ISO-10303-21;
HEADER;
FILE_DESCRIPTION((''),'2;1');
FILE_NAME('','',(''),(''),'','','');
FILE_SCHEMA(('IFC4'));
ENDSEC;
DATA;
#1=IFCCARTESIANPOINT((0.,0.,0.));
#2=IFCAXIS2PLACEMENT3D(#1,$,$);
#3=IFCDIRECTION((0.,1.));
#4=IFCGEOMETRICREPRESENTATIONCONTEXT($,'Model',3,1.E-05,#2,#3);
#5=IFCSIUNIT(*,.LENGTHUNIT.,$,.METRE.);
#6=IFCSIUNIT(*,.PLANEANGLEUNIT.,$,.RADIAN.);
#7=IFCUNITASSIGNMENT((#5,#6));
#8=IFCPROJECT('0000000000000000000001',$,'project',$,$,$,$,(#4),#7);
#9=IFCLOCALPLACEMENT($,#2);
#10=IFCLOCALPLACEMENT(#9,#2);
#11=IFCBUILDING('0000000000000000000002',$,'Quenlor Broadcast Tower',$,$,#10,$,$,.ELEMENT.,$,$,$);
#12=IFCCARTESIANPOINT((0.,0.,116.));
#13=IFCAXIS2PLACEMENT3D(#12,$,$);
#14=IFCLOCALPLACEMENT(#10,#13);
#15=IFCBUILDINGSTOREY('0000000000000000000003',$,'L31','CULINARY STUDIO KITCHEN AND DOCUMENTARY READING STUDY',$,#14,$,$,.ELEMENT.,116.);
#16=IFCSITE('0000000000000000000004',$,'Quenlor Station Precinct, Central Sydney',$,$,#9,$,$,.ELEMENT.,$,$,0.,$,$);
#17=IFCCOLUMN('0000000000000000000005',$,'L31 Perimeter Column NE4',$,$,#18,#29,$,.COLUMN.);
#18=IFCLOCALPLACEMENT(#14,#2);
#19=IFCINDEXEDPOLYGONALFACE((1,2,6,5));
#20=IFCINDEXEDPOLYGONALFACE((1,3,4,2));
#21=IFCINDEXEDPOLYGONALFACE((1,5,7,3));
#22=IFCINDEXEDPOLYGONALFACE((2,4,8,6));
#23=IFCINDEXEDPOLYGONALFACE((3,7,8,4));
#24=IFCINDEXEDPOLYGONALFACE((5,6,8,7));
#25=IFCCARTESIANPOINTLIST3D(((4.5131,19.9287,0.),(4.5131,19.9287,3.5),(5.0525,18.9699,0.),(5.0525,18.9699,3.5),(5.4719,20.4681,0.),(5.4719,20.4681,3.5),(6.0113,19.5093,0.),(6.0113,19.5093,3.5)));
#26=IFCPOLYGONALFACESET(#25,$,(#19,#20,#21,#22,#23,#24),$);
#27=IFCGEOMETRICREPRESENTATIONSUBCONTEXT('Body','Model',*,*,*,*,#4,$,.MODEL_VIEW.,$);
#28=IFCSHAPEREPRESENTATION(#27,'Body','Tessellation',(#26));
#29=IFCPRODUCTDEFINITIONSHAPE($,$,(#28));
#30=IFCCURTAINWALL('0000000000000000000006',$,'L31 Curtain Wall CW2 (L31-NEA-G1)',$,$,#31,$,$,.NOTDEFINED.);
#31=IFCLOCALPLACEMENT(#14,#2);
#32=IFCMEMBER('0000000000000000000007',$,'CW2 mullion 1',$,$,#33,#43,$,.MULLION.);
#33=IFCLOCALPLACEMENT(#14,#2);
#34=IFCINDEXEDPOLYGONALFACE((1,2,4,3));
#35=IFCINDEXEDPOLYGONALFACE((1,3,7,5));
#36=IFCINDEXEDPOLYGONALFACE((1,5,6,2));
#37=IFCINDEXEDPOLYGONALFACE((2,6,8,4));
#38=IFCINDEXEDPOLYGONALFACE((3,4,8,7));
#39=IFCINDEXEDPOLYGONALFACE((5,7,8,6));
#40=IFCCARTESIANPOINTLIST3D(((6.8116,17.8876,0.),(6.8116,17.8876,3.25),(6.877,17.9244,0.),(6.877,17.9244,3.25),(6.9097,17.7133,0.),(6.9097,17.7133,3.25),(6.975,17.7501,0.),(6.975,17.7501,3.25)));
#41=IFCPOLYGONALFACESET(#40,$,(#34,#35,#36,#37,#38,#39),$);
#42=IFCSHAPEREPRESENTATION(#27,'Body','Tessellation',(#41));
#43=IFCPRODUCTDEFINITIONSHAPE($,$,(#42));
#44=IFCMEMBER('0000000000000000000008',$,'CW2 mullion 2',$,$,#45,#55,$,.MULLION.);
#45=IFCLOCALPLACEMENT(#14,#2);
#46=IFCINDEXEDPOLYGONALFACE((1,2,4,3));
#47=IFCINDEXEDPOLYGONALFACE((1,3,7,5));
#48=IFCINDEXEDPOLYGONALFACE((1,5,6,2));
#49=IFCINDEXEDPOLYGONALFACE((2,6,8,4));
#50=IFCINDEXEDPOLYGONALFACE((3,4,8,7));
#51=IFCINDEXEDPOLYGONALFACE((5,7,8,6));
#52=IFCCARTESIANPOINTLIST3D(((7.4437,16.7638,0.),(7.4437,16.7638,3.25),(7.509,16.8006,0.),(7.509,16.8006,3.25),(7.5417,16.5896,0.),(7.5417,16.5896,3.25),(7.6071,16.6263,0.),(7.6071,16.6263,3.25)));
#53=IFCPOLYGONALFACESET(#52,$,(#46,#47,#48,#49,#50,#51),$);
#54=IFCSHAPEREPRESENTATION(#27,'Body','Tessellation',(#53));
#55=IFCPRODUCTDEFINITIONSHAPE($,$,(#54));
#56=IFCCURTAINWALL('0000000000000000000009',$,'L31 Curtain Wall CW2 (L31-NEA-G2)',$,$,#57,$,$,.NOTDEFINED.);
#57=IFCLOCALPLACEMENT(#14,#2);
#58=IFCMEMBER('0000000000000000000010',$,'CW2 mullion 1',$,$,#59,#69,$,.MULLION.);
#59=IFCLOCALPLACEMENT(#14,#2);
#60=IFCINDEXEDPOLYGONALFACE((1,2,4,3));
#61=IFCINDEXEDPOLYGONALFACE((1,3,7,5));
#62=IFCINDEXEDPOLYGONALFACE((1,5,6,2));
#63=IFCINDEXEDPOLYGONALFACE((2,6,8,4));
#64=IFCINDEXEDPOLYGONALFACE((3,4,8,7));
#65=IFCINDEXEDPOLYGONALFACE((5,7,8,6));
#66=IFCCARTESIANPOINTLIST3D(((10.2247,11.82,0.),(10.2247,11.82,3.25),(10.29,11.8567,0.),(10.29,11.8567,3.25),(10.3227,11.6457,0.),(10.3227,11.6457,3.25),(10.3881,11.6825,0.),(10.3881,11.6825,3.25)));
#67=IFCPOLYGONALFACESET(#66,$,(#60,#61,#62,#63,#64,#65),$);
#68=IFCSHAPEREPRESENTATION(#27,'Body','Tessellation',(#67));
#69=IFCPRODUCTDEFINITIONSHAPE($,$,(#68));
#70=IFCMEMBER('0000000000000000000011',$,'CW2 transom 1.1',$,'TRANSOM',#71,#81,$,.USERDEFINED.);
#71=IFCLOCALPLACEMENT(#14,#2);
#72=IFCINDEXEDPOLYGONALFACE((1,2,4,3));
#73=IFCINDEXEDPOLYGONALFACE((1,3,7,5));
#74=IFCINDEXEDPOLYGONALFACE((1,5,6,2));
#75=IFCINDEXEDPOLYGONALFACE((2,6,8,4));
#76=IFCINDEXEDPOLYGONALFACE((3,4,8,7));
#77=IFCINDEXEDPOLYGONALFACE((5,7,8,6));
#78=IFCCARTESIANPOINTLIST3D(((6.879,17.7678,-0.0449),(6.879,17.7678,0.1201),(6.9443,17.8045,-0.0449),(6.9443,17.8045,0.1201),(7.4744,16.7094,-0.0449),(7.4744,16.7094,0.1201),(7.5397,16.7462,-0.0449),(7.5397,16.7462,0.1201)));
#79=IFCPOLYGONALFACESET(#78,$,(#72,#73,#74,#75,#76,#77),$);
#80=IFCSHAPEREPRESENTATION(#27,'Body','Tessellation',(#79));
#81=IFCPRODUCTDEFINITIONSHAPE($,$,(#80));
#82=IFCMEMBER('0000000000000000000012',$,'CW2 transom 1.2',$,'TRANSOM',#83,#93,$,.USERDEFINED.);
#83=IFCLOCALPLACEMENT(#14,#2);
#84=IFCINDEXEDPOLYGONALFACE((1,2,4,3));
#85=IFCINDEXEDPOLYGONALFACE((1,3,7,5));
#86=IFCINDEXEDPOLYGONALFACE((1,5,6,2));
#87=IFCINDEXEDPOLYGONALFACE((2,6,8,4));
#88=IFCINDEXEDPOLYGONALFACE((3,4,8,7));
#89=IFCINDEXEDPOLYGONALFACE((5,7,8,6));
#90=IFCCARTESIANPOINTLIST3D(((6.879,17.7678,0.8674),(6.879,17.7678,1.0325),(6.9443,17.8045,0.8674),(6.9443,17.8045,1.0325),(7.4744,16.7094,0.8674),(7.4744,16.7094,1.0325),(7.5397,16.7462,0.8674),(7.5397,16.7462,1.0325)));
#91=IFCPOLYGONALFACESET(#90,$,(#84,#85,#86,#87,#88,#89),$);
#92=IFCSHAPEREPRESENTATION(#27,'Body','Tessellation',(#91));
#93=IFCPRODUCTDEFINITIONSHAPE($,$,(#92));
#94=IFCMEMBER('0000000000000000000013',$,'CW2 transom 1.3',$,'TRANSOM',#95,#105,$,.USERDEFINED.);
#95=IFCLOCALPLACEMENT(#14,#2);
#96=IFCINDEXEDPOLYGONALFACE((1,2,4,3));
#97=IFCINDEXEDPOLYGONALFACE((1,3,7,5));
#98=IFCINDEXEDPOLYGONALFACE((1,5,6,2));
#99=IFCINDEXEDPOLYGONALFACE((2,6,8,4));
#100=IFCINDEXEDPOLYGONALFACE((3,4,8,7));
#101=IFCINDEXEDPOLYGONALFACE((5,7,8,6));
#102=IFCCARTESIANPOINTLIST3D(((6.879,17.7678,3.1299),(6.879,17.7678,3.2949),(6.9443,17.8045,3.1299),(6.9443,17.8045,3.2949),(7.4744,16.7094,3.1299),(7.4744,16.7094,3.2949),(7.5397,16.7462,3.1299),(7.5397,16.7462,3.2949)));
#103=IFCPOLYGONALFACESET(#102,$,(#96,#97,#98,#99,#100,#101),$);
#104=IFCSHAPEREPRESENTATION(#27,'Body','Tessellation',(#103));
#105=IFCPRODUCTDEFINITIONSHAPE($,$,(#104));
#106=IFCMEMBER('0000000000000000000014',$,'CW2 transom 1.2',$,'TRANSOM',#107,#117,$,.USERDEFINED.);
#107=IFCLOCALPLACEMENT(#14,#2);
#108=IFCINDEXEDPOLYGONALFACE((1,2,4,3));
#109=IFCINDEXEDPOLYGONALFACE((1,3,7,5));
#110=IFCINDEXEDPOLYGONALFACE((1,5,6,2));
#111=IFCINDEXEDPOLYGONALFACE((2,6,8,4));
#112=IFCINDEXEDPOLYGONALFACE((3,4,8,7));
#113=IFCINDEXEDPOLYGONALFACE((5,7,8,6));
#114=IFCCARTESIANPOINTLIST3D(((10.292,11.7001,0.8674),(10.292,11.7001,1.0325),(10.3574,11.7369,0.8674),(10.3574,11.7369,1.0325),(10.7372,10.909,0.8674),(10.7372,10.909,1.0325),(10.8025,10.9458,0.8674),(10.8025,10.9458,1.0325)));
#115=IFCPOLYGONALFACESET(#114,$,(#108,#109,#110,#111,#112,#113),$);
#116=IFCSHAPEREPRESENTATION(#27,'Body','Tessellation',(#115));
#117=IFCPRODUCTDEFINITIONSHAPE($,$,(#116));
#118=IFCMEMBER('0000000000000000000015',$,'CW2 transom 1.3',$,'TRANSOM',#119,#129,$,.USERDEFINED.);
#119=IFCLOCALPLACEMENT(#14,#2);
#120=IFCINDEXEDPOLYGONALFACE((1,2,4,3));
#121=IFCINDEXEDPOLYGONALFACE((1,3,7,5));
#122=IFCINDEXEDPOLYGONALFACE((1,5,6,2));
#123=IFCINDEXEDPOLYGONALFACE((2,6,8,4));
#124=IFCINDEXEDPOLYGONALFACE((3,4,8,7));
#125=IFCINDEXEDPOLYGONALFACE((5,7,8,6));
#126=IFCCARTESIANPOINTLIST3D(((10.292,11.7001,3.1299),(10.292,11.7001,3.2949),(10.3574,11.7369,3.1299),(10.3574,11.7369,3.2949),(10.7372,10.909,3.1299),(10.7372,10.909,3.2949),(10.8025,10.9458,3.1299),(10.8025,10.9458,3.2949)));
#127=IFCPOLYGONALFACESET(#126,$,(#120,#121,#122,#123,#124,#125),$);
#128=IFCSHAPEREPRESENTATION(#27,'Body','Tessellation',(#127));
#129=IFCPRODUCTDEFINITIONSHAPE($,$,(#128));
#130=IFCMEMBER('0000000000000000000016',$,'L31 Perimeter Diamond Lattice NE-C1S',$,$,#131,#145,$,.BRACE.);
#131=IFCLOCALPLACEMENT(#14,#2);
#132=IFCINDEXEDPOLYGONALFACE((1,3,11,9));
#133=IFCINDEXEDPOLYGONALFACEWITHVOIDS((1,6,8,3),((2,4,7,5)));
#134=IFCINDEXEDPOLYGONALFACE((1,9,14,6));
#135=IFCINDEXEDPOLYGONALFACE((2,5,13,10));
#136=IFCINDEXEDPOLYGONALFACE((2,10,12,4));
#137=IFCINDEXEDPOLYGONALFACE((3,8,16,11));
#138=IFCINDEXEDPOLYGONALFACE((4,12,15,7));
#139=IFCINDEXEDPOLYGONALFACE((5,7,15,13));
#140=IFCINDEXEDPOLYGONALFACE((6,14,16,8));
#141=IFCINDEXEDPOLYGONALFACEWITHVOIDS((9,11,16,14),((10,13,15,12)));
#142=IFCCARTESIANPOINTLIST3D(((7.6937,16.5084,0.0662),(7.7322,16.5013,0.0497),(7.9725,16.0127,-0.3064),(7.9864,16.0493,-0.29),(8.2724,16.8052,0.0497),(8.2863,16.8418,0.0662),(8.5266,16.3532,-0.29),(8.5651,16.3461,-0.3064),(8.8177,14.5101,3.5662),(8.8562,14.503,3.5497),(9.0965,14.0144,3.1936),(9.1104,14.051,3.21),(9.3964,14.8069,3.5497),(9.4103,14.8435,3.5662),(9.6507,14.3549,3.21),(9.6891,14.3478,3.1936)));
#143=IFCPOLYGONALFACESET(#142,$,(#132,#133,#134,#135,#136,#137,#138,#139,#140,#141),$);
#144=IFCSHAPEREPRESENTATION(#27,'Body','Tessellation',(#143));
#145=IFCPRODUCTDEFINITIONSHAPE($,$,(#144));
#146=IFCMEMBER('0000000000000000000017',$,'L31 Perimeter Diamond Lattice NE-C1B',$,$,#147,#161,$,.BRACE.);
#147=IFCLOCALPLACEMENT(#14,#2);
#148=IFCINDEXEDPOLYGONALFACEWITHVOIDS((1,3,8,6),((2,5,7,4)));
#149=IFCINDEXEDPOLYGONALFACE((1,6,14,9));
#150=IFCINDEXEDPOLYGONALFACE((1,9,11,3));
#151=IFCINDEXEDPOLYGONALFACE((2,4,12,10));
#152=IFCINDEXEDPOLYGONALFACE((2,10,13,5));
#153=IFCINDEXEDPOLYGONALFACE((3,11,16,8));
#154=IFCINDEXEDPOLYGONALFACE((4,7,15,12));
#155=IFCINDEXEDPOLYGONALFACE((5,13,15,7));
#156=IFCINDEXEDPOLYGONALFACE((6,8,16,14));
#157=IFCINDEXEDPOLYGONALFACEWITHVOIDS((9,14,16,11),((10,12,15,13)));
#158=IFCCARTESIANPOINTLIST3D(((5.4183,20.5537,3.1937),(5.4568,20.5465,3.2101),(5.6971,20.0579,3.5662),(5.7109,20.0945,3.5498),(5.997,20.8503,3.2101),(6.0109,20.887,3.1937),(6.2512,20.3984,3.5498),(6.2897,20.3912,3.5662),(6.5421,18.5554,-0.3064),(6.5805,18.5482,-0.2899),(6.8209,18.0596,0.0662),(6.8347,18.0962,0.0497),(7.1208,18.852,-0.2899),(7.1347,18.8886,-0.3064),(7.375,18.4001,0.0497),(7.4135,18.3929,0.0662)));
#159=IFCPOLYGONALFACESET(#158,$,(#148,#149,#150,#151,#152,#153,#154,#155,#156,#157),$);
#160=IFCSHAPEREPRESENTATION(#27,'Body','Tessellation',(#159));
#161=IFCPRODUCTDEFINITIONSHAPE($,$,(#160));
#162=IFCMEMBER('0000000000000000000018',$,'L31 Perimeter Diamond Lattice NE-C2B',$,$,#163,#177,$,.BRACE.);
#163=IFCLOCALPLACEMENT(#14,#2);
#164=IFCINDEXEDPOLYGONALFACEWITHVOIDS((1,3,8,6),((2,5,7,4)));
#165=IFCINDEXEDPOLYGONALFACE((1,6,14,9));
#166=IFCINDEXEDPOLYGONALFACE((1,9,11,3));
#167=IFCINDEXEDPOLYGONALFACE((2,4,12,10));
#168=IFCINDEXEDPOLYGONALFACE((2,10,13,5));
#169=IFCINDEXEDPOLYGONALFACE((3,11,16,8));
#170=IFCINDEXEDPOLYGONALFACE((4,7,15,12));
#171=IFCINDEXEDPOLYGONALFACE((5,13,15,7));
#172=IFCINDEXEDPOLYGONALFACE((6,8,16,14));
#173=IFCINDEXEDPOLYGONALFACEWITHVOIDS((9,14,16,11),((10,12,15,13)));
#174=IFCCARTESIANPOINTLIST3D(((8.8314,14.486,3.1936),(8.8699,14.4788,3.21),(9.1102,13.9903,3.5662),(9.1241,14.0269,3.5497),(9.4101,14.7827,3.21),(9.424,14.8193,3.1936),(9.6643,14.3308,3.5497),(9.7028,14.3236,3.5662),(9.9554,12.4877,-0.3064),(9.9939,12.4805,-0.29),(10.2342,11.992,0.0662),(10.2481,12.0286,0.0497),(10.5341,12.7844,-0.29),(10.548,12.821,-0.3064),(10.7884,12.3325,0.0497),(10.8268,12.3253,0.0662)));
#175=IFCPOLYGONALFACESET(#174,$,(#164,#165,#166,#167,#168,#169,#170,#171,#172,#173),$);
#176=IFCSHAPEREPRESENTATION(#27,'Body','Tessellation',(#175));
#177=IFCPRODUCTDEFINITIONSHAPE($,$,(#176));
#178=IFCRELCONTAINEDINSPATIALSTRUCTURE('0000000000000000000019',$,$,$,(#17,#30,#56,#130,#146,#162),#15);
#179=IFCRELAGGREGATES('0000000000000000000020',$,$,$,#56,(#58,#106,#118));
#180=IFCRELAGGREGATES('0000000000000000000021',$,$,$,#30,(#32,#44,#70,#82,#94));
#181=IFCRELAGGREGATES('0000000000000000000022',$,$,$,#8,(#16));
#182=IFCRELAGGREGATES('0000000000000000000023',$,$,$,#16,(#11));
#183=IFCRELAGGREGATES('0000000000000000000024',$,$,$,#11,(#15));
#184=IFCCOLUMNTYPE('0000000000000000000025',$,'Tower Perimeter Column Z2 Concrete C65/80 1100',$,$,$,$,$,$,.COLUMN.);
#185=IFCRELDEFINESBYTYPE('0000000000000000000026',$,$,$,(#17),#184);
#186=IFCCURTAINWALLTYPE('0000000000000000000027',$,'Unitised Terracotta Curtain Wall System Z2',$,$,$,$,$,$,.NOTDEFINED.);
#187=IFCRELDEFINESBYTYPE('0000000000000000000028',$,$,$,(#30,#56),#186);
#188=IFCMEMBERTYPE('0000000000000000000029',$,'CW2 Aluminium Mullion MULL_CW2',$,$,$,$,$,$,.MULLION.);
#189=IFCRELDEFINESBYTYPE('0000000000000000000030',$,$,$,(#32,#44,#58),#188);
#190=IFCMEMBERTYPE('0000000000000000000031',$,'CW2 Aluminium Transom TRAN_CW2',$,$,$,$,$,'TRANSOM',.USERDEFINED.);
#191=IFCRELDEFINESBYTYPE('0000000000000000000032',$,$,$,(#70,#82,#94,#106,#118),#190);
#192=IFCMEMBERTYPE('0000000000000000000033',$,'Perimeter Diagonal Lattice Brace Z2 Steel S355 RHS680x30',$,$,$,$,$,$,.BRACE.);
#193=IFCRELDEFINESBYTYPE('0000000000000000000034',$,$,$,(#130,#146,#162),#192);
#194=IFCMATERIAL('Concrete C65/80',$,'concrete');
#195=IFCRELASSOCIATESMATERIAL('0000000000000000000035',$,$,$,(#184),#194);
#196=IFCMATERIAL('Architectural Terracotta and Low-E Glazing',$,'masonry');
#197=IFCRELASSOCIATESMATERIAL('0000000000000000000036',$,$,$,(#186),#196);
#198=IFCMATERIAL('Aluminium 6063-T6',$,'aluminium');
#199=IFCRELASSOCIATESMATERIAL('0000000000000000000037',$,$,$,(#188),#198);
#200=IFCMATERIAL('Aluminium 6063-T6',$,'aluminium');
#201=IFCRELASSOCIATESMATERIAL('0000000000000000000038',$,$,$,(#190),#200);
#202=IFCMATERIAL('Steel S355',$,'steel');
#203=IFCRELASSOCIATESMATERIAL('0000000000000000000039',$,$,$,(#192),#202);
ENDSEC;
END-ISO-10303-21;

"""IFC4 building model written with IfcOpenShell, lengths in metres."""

from ifc_helpers import new_model, si_unit, direction, frame, origin, origin_2d, place, context, subcontext, project, spatial, rectangle, hollow_rectangle, extrude, material, material_profile, profile_set, type_object, element, aggregate, save


model = new_model("IFC4")

# Units and contexts
model_context = context("Model", 3, precision=1e-05, world=origin(), true_north=direction((0.0, 1.0)))
body_context = subcontext(model_context, "Body", "Model", "MODEL_VIEW")
ifc_project = project(units=[si_unit("LENGTHUNIT", "METRE"), si_unit("PLANEANGLEUNIT", "RADIAN")], contexts=[model_context])

# Site, building, storey
site_placement = place(None, origin())
site = spatial("IfcSite", under=ifc_project, at=site_placement, Name="Quenlor Station Precinct, Central Sydney", CompositionType="ELEMENT", RefElevation=0.0)
building_placement = place(site_placement, origin())
building = spatial("IfcBuilding", under=site, at=building_placement, Name="Quenlor Broadcast Tower", CompositionType="ELEMENT")
storey_placement = place(building_placement, frame((0.0, 0.0, 116.0)))
storey = spatial("IfcBuildingStorey", under=building, at=storey_placement, Name="L31", Description="CULINARY STUDIO KITCHEN AND DOCUMENTARY READING STUDY", CompositionType="ELEMENT", Elevation=116.0)

# Column
ifc_material_1 = material(Name="Concrete C65/80", Category="concrete")
ifc_material_profile_1 = material_profile(ifc_material_1, rectangle(XDim=1.1001, YDim=1.1001, at=origin_2d()))
ifc_profile_set_1 = profile_set([ifc_material_profile_1], Name="Concrete C65/80 RC1100x1100")
column_type = type_object("IfcColumnType", Name="Tower Perimeter Column Z2 Concrete C65/80 1100", PredefinedType="COLUMN", material=ifc_profile_set_1)
column_placement = place(storey_placement, frame((5.2622, 19.719, 0.0), z_axis=(0.0, 0.0, 1.0), x_axis=(0.871575, 0.490262, 0.0)))
element("IfcColumn", 1, at=column_placement, inside=storey, type_object=column_type, Name="L31 Perimeter Column NE4", PredefinedType="COLUMN", context=body_context, shape_type="SweptSolid", body=[
    extrude(rectangle(XDim=1.1001, YDim=1.1001, at=origin_2d()), origin(), (0.0, 0.0, 1.0), 3.5),
])

# Curtain wall, members
ifc_material_2 = material(Name="Architectural Terracotta and Low-E Glazing", Category="masonry")
curtain_wall_type = type_object("IfcCurtainWallType", Name="Unitised Terracotta Curtain Wall System Z2", PredefinedType="NOTDEFINED", material=ifc_material_2)
curtain_wall_1_placement = place(storey_placement, origin())
curtain_wall_1 = element("IfcCurtainWall", 2, at=curtain_wall_1_placement, inside=storey, type_object=curtain_wall_type, Name="L31 Curtain Wall CW2 (L31-NEA-G1)", PredefinedType="NOTDEFINED")
ifc_material_3 = material(Name="Aluminium 6063-T6", Category="aluminium")
ifc_material_profile_2 = material_profile(ifc_material_3, rectangle(XDim=0.075, YDim=0.2, at=origin_2d()))
ifc_profile_set_2 = profile_set([ifc_material_profile_2], Name="Aluminium 6063-T6 MULL75x200")
member_type_1 = type_object("IfcMemberType", Name="CW2 Aluminium Mullion MULL_CW2", PredefinedType="MULLION", material=ifc_profile_set_2)
member_1_placement = place(storey_placement, frame((6.8933, 17.8188, 0.0), z_axis=(0.0, 0.0, 1.0), x_axis=(0.871583, 0.490247, 0.0)))
member_1 = element("IfcMember", 3, at=member_1_placement, type_object=member_type_1, Name="CW2 mullion 1", PredefinedType="MULLION", context=body_context, shape_type="SweptSolid", body=[
    extrude(rectangle(XDim=0.075, YDim=0.2, at=origin_2d()), origin(), (0.0, 0.0, 1.0), 3.25),
])
member_2_placement = place(storey_placement, frame((7.5254, 16.6951, 0.0), z_axis=(0.0, 0.0, 1.0), x_axis=(0.871583, 0.490247, 0.0)))
member_2 = element("IfcMember", 4, at=member_2_placement, type_object=member_type_1, Name="CW2 mullion 2", PredefinedType="MULLION", context=body_context, shape_type="SweptSolid", body=[
    extrude(rectangle(XDim=0.075, YDim=0.2, at=origin_2d()), origin(), (0.0, 0.0, 1.0), 3.25),
])

# Curtain wall, member
curtain_wall_2_placement = place(storey_placement, origin())
curtain_wall_2 = element("IfcCurtainWall", 5, at=curtain_wall_2_placement, inside=storey, type_object=curtain_wall_type, Name="L31 Curtain Wall CW2 (L31-NEA-G2)", PredefinedType="NOTDEFINED")
member_3_placement = place(storey_placement, frame((10.3064, 11.7512, 0.0), z_axis=(0.0, 0.0, 1.0), x_axis=(0.871581, 0.490252, 0.0)))
member_3 = element("IfcMember", 6, at=member_3_placement, type_object=member_type_1, Name="CW2 mullion 1", PredefinedType="MULLION", context=body_context, shape_type="SweptSolid", body=[
    extrude(rectangle(XDim=0.075, YDim=0.2, at=origin_2d()), origin(), (0.0, 0.0, 1.0), 3.25),
])

# Members
ifc_material_4 = material(Name="Aluminium 6063-T6", Category="aluminium")
ifc_material_profile_3 = material_profile(ifc_material_4, rectangle(XDim=0.075, YDim=0.165, at=origin_2d()))
ifc_profile_set_3 = profile_set([ifc_material_profile_3], Name="Aluminium 6063-T6 TRAN75x165")
member_type_2 = type_object("IfcMemberType", Name="CW2 Aluminium Transom TRAN_CW2", ElementType="TRANSOM", PredefinedType="USERDEFINED", material=ifc_profile_set_3)
member_4_placement = place(storey_placement, frame((6.9116, 17.7861, 0.0376), z_axis=(0.490347, -0.871527, 0.0), x_axis=(0.871527, 0.490347, 0.0)))
member_4 = element("IfcMember", 7, at=member_4_placement, type_object=member_type_2, Name="CW2 transom 1.1", ObjectType="TRANSOM", PredefinedType="USERDEFINED", context=body_context, shape_type="SweptSolid", body=[
    extrude(rectangle(XDim=0.075, YDim=0.165, at=origin_2d()), origin(), (0.0, 0.0, 1.0), 1.2144),
])
member_5_placement = place(storey_placement, frame((6.9116, 17.7861, 0.95), z_axis=(0.490347, -0.871527, 0.0), x_axis=(0.871527, 0.490347, 0.0)))
member_5 = element("IfcMember", 8, at=member_5_placement, type_object=member_type_2, Name="CW2 transom 1.2", ObjectType="TRANSOM", PredefinedType="USERDEFINED", context=body_context, shape_type="SweptSolid", body=[
    extrude(rectangle(XDim=0.075, YDim=0.165, at=origin_2d()), origin(), (0.0, 0.0, 1.0), 1.2144),
])
member_6_placement = place(storey_placement, frame((6.9116, 17.7861, 3.2124), z_axis=(0.490347, -0.871527, 0.0), x_axis=(0.871527, 0.490347, 0.0)))
member_6 = element("IfcMember", 9, at=member_6_placement, type_object=member_type_2, Name="CW2 transom 1.3", ObjectType="TRANSOM", PredefinedType="USERDEFINED", context=body_context, shape_type="SweptSolid", body=[
    extrude(rectangle(XDim=0.075, YDim=0.165, at=origin_2d()), origin(), (0.0, 0.0, 1.0), 1.2144),
])
member_7_placement = place(storey_placement, frame((10.3247, 11.7185, 0.95), z_axis=(0.490363, -0.871518, 0.0), x_axis=(0.871518, 0.490363, 0.0)))
member_7 = element("IfcMember", 10, at=member_7_placement, type_object=member_type_2, Name="CW2 transom 1.2", ObjectType="TRANSOM", PredefinedType="USERDEFINED", context=body_context, shape_type="SweptSolid", body=[
    extrude(rectangle(XDim=0.075, YDim=0.165, at=origin_2d()), origin(), (0.0, 0.0, 1.0), 0.9077),
])
member_8_placement = place(storey_placement, frame((10.3247, 11.7185, 3.2124), z_axis=(0.490363, -0.871518, 0.0), x_axis=(0.871518, 0.490363, 0.0)))
member_8 = element("IfcMember", 11, at=member_8_placement, type_object=member_type_2, Name="CW2 transom 1.3", ObjectType="TRANSOM", PredefinedType="USERDEFINED", context=body_context, shape_type="SweptSolid", body=[
    extrude(rectangle(XDim=0.075, YDim=0.165, at=origin_2d()), origin(), (0.0, 0.0, 1.0), 0.9077),
])
aggregate(curtain_wall_2, [member_3, member_7, member_8])

# Members
ifc_material_5 = material(Name="Steel S355", Category="steel")
ifc_material_profile_4 = material_profile(ifc_material_5, hollow_rectangle(XDim=0.6799, YDim=0.6799, WallThickness=0.03, at=origin_2d()))
ifc_profile_set_4 = profile_set([ifc_material_profile_4], Name="Steel S355 RHS680x680x30")
member_type_3 = type_object("IfcMemberType", Name="Perimeter Diagonal Lattice Brace Z2 Steel S355 RHS680x30", PredefinedType="BRACE", material=ifc_profile_set_4)
for number, where, z_axis, x_axis, name in (
    (12, (8.1294, 16.4272, -0.1201), (0.268642, -0.477593, 0.836502), (0.871578, 0.490256, 0.0), "L31 Perimeter Diamond Lattice NE-C1S"),
    (13, (6.9778, 18.4741, -0.1201), (-0.268588, 0.4776, 0.836516), (-0.871624, -0.490175, 0.0), "L31 Perimeter Diamond Lattice NE-C1B"),
    (14, (10.3911, 12.4065, -0.1201), (-0.268642, 0.477593, 0.836502), (-0.871578, -0.490256, 0.0), "L31 Perimeter Diamond Lattice NE-C2B"),
):
    element("IfcMember", number, at=place(storey_placement, frame(where, z_axis=z_axis, x_axis=x_axis)), inside=storey, type_object=member_type_3, Name=name, PredefinedType="BRACE", context=body_context, shape_type="SweptSolid", body=[
        extrude(hollow_rectangle(XDim=0.6799, YDim=0.6799, WallThickness=0.03, at=origin_2d()), origin(), (0.0, 0.0, 1.0), 4.1841),
    ])

aggregate(curtain_wall_1, [member_1, member_2, member_4, member_5, member_6])

save(model, "model.ifc")
